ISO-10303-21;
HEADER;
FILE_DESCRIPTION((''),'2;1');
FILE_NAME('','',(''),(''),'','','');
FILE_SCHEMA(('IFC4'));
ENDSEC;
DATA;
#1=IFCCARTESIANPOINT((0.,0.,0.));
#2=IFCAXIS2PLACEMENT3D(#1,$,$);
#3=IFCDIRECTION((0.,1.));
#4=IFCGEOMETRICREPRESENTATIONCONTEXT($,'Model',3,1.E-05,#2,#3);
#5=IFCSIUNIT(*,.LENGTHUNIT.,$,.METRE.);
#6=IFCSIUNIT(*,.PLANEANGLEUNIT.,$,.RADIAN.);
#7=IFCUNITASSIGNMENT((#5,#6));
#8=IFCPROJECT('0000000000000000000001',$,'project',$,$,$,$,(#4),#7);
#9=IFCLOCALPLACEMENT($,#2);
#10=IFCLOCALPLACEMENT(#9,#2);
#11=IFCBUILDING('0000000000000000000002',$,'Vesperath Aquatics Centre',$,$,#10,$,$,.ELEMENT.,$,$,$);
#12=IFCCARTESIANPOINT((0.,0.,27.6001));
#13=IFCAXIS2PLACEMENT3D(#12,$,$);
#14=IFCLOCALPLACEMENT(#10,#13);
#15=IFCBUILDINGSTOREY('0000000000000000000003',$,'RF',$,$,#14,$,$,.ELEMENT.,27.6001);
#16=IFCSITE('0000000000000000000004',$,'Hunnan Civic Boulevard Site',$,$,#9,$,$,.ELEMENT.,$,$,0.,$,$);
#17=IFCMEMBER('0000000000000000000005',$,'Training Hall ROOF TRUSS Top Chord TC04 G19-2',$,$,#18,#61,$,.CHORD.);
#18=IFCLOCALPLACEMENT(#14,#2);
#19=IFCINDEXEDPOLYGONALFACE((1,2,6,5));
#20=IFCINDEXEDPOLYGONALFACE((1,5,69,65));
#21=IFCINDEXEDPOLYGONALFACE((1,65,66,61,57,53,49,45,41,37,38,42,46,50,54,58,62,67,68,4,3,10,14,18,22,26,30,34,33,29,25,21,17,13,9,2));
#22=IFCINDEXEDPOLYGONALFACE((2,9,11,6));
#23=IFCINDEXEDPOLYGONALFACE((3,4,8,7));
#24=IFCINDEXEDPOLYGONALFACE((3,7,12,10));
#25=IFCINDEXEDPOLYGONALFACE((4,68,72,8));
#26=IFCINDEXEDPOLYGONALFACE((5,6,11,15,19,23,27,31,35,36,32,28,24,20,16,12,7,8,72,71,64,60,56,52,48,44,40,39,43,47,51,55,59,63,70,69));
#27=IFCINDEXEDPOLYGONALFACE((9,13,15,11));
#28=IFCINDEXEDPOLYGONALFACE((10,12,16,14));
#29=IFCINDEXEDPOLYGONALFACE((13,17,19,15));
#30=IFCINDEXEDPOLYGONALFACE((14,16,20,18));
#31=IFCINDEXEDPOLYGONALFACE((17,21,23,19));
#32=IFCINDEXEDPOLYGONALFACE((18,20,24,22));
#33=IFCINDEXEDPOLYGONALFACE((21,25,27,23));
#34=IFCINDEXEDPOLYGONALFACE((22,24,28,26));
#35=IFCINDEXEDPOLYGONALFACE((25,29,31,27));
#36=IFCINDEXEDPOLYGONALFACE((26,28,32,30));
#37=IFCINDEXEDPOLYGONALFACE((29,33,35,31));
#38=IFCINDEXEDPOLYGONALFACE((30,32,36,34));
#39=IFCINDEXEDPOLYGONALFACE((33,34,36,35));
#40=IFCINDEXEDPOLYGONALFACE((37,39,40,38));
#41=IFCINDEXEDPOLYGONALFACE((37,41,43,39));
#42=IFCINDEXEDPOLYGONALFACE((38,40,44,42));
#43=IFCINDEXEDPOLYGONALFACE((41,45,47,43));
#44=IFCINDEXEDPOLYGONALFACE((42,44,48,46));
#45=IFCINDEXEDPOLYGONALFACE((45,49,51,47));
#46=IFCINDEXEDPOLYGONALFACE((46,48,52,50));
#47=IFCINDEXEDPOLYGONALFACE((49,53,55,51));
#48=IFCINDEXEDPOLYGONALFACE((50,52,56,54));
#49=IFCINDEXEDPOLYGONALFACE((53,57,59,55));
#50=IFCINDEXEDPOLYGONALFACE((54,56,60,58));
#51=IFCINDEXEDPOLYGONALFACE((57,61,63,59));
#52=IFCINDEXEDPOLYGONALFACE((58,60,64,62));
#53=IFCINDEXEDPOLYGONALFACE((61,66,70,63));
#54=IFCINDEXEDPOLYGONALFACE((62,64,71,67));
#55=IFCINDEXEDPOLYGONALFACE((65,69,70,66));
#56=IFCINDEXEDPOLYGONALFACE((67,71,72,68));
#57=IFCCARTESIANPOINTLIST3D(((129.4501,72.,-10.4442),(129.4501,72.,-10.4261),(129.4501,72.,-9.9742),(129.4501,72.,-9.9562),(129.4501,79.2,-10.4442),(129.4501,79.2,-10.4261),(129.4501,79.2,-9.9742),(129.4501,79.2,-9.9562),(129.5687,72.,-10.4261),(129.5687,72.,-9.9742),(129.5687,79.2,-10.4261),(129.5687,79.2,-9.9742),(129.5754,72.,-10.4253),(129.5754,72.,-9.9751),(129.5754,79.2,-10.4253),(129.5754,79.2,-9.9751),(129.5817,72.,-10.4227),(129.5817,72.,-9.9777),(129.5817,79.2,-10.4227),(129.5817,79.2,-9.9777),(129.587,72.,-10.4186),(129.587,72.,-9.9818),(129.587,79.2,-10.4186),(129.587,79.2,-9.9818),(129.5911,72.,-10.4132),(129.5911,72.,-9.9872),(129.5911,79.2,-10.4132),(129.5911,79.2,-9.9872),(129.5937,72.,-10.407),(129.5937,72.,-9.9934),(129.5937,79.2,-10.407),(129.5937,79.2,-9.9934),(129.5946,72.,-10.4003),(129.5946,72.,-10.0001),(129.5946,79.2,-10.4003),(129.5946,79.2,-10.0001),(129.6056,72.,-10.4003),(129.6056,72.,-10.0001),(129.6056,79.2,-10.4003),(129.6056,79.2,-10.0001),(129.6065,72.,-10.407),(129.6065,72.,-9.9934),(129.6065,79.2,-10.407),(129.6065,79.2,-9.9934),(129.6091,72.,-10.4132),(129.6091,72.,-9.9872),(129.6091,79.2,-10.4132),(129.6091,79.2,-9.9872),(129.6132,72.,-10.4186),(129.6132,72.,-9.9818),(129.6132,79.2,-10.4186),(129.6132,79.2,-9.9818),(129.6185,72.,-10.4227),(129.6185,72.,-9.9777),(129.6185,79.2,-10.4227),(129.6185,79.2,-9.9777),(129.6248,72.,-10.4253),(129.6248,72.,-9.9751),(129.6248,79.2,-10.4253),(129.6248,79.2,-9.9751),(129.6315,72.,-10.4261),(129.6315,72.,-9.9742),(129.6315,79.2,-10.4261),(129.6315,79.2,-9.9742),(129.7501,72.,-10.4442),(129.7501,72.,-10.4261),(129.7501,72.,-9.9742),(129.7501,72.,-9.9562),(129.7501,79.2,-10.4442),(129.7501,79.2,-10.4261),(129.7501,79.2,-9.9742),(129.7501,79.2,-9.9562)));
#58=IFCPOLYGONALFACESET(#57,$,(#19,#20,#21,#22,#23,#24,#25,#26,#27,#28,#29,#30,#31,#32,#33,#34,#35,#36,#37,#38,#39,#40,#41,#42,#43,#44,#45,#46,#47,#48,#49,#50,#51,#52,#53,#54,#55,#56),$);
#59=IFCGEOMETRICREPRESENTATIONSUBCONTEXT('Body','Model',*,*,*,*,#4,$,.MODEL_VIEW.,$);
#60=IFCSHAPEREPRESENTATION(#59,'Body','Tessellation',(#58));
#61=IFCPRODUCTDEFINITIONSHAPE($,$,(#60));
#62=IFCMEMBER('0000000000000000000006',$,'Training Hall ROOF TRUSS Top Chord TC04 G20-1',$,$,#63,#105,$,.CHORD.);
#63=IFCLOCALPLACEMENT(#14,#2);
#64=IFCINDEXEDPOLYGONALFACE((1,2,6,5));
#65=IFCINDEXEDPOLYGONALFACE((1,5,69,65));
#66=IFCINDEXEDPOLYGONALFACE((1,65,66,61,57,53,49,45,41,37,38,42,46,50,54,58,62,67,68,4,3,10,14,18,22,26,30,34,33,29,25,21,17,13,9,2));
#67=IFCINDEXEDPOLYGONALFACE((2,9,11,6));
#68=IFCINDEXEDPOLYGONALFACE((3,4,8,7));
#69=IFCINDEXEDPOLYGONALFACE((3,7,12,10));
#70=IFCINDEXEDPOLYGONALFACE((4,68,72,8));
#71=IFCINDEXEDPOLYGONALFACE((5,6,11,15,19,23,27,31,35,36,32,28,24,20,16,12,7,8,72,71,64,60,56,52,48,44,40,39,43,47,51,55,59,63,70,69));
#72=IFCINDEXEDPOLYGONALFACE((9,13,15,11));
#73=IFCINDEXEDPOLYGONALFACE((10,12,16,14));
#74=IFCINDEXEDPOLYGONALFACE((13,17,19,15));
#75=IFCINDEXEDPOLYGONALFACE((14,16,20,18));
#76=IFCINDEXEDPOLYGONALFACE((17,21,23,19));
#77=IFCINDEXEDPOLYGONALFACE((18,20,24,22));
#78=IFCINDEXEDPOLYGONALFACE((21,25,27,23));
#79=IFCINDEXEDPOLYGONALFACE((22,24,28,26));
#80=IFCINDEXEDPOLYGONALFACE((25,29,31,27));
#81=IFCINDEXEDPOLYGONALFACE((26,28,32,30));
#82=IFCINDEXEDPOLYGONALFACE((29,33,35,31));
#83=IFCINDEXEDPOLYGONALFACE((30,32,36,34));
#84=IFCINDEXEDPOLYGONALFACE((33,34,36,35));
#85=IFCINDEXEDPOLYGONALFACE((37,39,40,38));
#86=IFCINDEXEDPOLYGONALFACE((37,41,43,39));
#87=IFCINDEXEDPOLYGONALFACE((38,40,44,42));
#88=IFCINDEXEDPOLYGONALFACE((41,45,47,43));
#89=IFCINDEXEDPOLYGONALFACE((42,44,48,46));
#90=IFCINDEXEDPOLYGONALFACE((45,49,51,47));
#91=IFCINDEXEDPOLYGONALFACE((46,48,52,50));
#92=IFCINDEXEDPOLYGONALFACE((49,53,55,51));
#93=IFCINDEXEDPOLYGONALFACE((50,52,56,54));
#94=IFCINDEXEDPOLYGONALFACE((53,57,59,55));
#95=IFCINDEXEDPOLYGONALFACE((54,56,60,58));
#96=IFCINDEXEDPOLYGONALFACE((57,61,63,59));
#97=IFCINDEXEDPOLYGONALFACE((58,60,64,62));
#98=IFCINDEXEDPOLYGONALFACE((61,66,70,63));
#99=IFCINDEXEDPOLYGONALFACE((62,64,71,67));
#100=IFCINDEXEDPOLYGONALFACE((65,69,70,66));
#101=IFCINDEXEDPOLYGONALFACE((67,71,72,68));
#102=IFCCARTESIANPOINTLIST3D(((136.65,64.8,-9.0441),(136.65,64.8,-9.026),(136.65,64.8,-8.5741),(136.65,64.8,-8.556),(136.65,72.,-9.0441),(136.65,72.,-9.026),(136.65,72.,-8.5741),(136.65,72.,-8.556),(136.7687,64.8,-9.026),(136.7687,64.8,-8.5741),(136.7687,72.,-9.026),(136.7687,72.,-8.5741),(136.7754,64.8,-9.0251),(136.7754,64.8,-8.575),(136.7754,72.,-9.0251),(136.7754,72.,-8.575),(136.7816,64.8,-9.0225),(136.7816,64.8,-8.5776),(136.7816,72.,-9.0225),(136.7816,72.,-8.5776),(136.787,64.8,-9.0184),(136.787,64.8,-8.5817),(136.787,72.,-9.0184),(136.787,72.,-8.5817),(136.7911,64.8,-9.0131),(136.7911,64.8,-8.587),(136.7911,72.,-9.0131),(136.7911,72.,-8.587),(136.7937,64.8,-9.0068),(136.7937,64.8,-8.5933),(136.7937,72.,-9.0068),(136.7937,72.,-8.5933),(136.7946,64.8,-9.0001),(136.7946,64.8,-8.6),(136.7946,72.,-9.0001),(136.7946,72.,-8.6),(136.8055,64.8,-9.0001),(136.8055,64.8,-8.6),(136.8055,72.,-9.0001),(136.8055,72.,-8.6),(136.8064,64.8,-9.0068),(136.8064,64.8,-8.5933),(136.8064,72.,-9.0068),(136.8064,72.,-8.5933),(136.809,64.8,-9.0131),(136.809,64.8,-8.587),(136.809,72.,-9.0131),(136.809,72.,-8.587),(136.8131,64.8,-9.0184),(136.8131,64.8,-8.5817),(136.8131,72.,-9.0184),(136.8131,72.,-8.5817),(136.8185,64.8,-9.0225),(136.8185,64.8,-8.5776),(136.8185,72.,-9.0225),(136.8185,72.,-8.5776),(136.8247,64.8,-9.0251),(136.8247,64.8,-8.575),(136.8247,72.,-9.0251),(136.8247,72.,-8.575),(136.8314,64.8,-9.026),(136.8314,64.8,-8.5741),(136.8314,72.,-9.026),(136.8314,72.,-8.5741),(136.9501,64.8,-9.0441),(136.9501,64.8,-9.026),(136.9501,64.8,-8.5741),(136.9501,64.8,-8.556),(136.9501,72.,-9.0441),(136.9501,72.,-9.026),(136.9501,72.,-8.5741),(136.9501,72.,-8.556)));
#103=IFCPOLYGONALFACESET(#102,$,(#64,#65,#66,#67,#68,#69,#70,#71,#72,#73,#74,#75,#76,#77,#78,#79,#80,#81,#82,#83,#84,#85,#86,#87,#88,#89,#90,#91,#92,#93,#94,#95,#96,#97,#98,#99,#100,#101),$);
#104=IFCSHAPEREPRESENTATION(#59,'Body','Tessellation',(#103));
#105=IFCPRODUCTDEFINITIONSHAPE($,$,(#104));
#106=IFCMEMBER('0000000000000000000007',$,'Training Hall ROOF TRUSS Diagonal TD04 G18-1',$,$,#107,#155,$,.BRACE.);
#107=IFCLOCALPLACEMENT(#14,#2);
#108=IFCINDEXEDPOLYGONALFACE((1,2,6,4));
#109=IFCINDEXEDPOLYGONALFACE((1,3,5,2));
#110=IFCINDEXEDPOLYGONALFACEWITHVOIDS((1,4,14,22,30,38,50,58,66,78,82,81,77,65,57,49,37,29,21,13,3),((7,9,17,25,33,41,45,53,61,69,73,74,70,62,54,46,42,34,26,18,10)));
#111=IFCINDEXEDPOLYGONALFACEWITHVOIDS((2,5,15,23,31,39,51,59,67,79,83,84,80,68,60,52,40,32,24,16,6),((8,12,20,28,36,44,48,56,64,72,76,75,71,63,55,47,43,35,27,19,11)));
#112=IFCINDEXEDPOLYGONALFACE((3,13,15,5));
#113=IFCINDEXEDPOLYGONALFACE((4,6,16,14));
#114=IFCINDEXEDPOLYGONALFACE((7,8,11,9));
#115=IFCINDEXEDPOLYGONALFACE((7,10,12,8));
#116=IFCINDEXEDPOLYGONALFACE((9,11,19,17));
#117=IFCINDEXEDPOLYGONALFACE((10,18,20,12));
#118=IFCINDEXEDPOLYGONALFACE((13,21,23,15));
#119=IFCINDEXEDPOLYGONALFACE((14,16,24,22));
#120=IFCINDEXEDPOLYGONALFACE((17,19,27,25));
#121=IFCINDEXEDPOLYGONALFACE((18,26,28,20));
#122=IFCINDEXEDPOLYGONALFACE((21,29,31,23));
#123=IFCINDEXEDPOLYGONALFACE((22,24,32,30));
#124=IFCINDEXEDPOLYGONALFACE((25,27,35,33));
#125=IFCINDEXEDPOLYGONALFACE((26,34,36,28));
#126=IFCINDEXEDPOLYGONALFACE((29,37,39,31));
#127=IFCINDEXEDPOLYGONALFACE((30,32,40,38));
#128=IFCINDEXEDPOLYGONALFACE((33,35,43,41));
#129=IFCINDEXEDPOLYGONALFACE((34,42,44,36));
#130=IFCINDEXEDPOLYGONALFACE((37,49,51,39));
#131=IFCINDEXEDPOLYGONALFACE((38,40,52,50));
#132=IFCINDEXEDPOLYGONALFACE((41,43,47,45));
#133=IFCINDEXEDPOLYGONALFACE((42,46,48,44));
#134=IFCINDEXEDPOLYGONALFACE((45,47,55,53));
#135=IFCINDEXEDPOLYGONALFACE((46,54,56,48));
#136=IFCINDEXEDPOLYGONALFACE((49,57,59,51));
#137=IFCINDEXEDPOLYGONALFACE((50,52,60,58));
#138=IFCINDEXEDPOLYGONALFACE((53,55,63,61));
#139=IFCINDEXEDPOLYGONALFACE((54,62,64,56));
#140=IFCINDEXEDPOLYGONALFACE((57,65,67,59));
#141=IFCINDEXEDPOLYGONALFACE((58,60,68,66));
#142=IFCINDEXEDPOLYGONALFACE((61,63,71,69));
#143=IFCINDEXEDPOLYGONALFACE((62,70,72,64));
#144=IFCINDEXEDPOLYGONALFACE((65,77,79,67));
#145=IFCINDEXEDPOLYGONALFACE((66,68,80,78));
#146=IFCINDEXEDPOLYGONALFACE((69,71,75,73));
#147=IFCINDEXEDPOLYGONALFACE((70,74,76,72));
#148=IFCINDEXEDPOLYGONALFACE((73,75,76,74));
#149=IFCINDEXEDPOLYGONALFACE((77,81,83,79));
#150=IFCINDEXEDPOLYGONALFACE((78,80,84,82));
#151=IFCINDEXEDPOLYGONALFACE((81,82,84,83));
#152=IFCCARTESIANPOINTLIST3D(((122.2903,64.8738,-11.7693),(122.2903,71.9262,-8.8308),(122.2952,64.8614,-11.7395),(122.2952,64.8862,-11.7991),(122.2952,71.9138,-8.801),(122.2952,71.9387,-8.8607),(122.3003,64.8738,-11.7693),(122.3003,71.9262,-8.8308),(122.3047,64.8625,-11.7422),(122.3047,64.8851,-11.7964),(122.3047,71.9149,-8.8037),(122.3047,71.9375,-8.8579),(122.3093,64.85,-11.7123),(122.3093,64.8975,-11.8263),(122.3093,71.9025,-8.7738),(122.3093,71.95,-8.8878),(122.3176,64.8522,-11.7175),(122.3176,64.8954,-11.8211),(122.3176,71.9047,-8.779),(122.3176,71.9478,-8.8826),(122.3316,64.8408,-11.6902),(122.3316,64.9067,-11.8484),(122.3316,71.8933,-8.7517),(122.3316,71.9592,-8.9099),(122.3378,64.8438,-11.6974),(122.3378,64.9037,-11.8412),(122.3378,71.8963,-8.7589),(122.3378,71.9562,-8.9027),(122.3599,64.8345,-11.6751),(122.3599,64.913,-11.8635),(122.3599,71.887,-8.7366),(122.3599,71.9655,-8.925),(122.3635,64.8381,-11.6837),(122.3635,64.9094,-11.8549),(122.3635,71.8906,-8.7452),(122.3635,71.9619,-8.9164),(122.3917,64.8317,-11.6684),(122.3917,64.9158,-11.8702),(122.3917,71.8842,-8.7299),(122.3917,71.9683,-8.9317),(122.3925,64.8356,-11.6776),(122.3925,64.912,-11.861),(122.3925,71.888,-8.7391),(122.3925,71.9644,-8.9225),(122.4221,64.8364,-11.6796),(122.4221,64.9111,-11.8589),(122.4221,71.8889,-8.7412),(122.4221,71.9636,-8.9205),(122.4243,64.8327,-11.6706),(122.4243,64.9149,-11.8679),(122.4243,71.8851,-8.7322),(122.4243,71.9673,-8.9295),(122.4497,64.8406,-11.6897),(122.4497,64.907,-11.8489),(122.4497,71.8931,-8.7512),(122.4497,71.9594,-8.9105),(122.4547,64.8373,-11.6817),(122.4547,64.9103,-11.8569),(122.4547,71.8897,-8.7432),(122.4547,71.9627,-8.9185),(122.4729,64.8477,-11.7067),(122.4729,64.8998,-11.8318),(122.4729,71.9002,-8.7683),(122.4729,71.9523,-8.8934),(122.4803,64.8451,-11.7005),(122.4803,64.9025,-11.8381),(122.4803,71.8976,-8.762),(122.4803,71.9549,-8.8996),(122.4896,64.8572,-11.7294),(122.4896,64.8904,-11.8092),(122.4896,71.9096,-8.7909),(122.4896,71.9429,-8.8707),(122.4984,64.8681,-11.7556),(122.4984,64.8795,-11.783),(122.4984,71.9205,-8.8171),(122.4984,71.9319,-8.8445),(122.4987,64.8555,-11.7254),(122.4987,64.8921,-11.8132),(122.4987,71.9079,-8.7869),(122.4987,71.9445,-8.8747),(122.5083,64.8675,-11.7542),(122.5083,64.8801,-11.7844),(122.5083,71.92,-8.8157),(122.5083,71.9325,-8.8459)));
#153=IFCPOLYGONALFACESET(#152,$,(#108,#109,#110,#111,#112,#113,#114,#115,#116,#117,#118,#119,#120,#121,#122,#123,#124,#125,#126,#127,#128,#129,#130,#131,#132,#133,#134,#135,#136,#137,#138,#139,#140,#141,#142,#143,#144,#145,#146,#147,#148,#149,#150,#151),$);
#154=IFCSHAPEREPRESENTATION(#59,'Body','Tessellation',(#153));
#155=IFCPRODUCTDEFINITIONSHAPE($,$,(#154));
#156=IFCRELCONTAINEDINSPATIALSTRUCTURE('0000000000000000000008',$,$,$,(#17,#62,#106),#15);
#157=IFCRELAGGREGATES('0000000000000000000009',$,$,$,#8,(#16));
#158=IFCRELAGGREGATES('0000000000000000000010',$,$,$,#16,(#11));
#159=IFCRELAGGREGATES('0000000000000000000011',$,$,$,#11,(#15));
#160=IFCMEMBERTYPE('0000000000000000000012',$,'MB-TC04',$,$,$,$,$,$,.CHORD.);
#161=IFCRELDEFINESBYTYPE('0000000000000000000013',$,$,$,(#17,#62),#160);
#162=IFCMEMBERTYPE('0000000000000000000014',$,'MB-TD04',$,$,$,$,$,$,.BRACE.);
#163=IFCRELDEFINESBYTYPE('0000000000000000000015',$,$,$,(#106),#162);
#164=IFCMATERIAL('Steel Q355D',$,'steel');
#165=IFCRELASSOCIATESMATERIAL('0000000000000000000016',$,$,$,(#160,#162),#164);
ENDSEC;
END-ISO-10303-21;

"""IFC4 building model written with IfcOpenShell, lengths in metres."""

from ifc_helpers import new_model, si_unit, direction, frame, origin, origin_2d, place, context, subcontext, project, spatial, hollow_circle, i_section, extrude, material, material_profile, profile_set, type_object, element, save


model = new_model("IFC4")

# Units and contexts
model_context = context("Model", 3, precision=1e-05, world=origin(), true_north=direction((0.0, 1.0)))
body_context = subcontext(model_context, "Body", "Model", "MODEL_VIEW")
ifc_project = project(units=[si_unit("LENGTHUNIT", "METRE"), si_unit("PLANEANGLEUNIT", "RADIAN")], contexts=[model_context])

# Site, building, storey
site_placement = place(None, origin())
site = spatial("IfcSite", under=ifc_project, at=site_placement, Name="Hunnan Civic Boulevard Site", CompositionType="ELEMENT", RefElevation=0.0)
building_placement = place(site_placement, origin())
building = spatial("IfcBuilding", under=site, at=building_placement, Name="Vesperath Aquatics Centre", CompositionType="ELEMENT")
storey_placement = place(building_placement, frame((0.0, 0.0, 27.6001)))
storey = spatial("IfcBuildingStorey", under=building, at=storey_placement, Name="RF", CompositionType="ELEMENT", Elevation=27.6001)

# Members
ifc_material_1 = material(Name="Steel Q355D", Category="steel")
ifc_material_profile_1 = material_profile(ifc_material_1, i_section(OverallWidth=0.3, OverallDepth=0.488, WebThickness=0.011, FlangeThickness=0.0181, FilletRadius=0.0259, at=origin_2d()), Name="HM 488x300x11x18")
ifc_profile_set_1 = profile_set([ifc_material_profile_1], Name="Steel Q355D")
member_type_1 = type_object("IfcMemberType", Name="MB-TC04", PredefinedType="CHORD", material=ifc_profile_set_1)
for number, where, z_axis, x_axis, name in (
    (1, (129.6001, 72.0, -10.2002), (0.0, 1.0, 0.0), (-1.0, 0.0, 0.0), "Training Hall ROOF TRUSS Top Chord TC04 G19-2"),
    (2, (136.8, 64.8, -8.8), (0.0, 1.0, 0.0), (-1.0, 0.0, 0.0), "Training Hall ROOF TRUSS Top Chord TC04 G20-1"),
):
    element("IfcMember", number, at=place(storey_placement, frame(where, z_axis=z_axis, x_axis=x_axis)), inside=storey, type_object=member_type_1, Name=name, PredefinedType="CHORD", context=body_context, shape_type="SweptSolid", body=[
        extrude(i_section(OverallWidth=0.3, OverallDepth=0.488, WebThickness=0.011, FlangeThickness=0.0181, FilletRadius=0.0259, at=origin_2d()), origin(), (0.0, 0.0, 1.0), 7.2),
    ])
ifc_material_profile_2 = material_profile(ifc_material_1, hollow_circle(Radius=0.1096, WallThickness=0.01, at=origin_2d()), Name="CHS 219.1x10")
ifc_profile_set_2 = profile_set([ifc_material_profile_2], Name="Steel Q355D")
member_type_2 = type_object("IfcMemberType", Name="MB-TD04", PredefinedType="BRACE", material=ifc_profile_set_2)
member_1_placement = place(storey_placement, frame((122.3999, 64.8738, -11.7693), z_axis=(0.0, 0.92308, 0.384609), x_axis=(-1.0, 0.0, 0.0)))
element("IfcMember", 3, at=member_1_placement, inside=storey, type_object=member_type_2, Name="Training Hall ROOF TRUSS Diagonal TD04 G18-1", PredefinedType="BRACE", context=body_context, shape_type="SweptSolid", body=[
    extrude(hollow_circle(Radius=0.1096, WallThickness=0.01, at=origin_2d()), origin(), (0.0, 0.0, 1.0), 7.6401),
])

save(model, "model.ifc")
